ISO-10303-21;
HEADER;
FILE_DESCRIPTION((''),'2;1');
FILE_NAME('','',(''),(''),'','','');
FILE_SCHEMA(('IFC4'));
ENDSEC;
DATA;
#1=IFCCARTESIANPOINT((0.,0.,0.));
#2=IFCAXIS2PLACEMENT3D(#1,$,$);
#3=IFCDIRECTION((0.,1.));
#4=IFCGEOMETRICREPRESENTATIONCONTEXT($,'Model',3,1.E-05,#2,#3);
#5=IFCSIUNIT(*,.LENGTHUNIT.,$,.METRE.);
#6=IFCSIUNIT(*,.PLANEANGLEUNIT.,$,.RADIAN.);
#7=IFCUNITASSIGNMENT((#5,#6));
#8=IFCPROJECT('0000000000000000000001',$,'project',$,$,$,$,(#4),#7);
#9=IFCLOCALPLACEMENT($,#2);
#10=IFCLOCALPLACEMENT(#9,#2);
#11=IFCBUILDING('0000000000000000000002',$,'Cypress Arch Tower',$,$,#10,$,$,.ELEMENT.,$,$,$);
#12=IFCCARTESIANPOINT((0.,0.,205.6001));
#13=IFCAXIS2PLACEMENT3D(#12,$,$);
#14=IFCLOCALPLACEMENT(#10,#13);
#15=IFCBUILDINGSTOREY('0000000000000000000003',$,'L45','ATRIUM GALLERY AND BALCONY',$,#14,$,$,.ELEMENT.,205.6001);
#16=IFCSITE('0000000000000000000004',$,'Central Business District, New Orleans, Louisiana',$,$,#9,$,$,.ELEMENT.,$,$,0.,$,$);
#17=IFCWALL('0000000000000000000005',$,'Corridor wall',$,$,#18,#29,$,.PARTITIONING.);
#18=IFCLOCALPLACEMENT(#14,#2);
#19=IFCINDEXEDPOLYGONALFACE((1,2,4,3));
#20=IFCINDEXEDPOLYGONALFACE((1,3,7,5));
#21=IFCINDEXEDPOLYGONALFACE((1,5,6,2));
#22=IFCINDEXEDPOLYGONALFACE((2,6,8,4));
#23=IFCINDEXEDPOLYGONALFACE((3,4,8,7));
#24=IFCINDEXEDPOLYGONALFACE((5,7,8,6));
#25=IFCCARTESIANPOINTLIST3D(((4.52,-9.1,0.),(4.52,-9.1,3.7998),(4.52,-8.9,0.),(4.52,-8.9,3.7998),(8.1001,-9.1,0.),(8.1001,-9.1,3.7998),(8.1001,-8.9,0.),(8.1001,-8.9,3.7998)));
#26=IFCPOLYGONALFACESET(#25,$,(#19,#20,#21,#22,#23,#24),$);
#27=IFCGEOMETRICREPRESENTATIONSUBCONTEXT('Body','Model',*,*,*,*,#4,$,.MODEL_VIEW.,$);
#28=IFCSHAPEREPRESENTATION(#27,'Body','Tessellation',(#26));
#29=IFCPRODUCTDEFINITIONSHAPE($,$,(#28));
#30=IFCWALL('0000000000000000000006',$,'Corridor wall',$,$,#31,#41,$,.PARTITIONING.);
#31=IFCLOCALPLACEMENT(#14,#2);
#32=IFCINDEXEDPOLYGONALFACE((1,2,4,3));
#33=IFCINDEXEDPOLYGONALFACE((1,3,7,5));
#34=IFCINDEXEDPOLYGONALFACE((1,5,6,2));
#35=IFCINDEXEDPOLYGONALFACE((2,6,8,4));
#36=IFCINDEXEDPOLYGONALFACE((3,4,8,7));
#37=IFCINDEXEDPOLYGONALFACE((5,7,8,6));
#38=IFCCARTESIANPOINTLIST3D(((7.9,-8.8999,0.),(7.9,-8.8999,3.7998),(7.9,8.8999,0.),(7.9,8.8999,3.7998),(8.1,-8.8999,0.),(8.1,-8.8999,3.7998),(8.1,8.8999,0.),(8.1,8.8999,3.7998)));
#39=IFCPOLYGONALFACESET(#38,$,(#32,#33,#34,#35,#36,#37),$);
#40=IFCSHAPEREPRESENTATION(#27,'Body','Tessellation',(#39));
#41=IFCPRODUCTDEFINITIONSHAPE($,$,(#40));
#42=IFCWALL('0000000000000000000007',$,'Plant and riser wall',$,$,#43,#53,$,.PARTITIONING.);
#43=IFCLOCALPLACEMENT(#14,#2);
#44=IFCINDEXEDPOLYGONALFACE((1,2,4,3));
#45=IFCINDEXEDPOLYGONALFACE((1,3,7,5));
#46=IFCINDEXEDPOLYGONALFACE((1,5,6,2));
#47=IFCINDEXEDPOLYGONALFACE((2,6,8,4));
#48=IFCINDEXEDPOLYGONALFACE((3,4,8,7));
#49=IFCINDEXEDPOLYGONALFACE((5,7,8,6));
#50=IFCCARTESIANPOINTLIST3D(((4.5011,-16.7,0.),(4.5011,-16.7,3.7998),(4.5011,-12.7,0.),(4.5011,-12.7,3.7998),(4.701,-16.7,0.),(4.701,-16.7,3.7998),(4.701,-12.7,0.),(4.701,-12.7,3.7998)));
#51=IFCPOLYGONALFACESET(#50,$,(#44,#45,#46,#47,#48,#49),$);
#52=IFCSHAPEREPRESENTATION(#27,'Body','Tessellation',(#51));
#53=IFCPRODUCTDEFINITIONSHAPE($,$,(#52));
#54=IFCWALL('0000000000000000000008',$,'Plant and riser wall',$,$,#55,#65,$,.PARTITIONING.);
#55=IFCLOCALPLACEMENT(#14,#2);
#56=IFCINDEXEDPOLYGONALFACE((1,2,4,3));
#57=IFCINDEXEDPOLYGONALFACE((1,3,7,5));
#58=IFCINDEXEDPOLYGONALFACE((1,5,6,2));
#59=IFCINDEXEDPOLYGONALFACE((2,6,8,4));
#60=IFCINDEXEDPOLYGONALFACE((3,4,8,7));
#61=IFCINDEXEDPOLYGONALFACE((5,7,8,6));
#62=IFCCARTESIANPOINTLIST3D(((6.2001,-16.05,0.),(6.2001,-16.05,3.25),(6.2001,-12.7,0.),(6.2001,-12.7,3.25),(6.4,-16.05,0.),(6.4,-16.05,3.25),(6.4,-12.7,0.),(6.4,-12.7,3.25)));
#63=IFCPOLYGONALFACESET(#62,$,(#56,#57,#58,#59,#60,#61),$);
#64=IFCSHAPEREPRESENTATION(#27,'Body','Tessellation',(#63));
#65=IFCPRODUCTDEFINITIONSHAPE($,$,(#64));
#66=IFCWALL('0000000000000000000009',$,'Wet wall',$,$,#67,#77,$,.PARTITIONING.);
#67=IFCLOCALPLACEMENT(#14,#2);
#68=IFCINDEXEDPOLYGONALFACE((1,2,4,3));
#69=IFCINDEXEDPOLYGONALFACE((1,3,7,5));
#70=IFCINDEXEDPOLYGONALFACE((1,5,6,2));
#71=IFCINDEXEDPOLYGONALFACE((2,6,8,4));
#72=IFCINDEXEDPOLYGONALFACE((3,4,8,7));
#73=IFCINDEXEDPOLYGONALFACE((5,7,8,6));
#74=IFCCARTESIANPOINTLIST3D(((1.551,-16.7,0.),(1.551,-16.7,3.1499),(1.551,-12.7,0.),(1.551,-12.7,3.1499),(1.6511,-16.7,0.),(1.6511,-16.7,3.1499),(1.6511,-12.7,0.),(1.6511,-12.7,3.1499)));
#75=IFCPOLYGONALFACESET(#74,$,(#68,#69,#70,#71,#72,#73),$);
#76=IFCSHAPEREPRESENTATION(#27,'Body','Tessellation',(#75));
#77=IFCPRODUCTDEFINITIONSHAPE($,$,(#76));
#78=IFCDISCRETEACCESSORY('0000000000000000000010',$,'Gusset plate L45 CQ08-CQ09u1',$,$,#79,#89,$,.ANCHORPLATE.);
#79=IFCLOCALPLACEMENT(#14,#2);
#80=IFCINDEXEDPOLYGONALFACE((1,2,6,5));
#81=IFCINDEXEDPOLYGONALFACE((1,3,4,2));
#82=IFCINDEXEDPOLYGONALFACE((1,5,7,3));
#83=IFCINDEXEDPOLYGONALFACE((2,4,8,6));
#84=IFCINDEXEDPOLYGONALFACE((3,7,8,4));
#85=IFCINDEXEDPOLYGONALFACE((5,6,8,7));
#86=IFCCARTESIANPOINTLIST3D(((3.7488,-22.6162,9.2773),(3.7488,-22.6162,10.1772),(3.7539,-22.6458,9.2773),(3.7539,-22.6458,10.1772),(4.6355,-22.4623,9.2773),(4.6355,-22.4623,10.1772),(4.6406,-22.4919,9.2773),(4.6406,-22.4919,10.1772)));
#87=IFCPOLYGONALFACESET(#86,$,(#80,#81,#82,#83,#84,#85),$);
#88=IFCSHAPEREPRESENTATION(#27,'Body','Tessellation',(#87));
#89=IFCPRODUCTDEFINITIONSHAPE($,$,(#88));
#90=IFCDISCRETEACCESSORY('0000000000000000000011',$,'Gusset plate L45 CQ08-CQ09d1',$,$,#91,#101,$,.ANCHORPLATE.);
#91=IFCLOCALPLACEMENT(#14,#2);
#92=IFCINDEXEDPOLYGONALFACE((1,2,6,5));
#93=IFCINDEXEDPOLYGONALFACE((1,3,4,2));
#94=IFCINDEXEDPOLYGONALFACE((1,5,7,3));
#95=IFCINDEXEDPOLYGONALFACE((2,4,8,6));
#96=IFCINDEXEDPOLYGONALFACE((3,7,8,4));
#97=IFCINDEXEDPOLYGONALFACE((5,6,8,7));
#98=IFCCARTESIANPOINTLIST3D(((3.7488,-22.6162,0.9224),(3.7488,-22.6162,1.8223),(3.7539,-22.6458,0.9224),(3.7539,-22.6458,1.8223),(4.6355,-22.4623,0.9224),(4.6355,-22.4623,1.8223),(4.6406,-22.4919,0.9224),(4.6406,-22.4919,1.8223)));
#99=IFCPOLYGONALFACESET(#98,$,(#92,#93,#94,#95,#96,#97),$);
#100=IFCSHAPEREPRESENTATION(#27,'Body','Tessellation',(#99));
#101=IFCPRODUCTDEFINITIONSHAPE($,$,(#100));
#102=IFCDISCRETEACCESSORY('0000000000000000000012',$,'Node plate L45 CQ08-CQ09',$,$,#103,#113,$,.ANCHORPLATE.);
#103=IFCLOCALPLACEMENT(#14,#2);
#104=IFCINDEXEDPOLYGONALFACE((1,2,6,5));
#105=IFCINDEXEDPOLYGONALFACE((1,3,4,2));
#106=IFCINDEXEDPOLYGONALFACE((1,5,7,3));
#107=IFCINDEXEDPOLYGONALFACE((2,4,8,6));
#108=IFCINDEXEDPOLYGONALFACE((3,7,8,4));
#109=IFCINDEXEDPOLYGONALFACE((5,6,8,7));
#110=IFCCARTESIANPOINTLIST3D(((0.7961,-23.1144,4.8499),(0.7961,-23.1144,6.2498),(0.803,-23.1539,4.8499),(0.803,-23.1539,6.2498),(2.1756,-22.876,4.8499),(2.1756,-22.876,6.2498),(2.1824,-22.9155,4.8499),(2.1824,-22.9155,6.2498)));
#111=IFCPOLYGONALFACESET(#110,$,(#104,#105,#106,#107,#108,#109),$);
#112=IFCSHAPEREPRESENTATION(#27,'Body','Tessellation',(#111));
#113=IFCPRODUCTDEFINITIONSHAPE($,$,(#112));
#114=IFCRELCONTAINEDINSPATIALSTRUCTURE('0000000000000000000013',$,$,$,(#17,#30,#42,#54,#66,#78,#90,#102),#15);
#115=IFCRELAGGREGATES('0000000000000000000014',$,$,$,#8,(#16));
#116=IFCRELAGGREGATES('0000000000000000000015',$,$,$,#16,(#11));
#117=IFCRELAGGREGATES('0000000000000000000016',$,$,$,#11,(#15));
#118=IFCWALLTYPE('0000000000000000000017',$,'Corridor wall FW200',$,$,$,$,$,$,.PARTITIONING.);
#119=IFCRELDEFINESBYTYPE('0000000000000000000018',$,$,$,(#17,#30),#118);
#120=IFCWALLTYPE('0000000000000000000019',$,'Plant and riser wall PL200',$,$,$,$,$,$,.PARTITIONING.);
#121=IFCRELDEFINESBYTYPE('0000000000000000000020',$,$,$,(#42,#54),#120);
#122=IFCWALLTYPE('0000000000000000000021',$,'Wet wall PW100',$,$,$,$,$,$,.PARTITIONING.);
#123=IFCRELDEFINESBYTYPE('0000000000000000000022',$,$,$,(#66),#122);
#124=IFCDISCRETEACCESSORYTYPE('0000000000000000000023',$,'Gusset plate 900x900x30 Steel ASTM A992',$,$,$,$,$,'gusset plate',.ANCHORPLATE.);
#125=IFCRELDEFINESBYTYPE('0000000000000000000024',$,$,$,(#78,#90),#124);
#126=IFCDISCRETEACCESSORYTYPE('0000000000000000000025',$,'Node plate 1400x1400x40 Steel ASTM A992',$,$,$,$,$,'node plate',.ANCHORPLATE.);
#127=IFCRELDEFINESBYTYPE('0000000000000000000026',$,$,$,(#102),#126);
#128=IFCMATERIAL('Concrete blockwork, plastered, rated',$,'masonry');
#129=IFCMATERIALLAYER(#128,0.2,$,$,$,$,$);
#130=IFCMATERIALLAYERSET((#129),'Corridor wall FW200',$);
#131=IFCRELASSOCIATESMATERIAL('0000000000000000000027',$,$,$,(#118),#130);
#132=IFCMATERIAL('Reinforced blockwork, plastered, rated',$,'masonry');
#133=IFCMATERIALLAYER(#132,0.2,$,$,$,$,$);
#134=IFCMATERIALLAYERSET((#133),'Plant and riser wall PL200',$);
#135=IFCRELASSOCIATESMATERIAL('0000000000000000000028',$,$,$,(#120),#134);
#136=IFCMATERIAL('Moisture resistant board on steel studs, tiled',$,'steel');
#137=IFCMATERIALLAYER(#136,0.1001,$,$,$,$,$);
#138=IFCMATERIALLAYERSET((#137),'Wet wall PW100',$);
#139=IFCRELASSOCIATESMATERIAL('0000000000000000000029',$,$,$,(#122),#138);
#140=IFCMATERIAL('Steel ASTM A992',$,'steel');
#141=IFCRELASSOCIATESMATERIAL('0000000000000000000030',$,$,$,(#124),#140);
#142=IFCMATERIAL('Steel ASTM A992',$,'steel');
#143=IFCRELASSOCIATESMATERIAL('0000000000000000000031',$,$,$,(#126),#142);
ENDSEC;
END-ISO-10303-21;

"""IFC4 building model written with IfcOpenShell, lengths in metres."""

from ifc_helpers import new_model, si_unit, direction, frame, frame_2d, origin, origin_2d, place, context, subcontext, project, spatial, rectangle, extrude, material, layer, layer_set, material_profile, profile_set, type_object, element, save


model = new_model("IFC4")

# Units and contexts
model_context = context("Model", 3, precision=1e-05, world=origin(), true_north=direction((0.0, 1.0)))
body_context = subcontext(model_context, "Body", "Model", "MODEL_VIEW")
ifc_project = project(units=[si_unit("LENGTHUNIT", "METRE"), si_unit("PLANEANGLEUNIT", "RADIAN")], contexts=[model_context])

# Site, building, storey
site_placement = place(None, origin())
site = spatial("IfcSite", under=ifc_project, at=site_placement, Name="Central Business District, New Orleans, Louisiana", CompositionType="ELEMENT", RefElevation=0.0)
building_placement = place(site_placement, origin())
building = spatial("IfcBuilding", under=site, at=building_placement, Name="Cypress Arch Tower", CompositionType="ELEMENT")
storey_placement = place(building_placement, frame((0.0, 0.0, 205.6001)))
storey = spatial("IfcBuildingStorey", under=building, at=storey_placement, Name="L45", Description="ATRIUM GALLERY AND BALCONY", CompositionType="ELEMENT", Elevation=205.6001)

# Wall
ifc_material_1 = material(Name="Concrete blockwork, plastered, rated", Category="masonry")
ifc_layer_1 = layer(ifc_material_1, 0.2)
ifc_layer_set_1 = layer_set([ifc_layer_1], Name="Corridor wall FW200")
wall_type_1 = type_object("IfcWallType", Name="Corridor wall FW200", PredefinedType="PARTITIONING", material=ifc_layer_set_1)
wall_1_placement = place(storey_placement, frame((4.52, -9.0, 0.0), z_axis=(0.0, 0.0, 1.0), x_axis=(1.0, 0.0, 0.0)))
element("IfcWall", 1, at=wall_1_placement, inside=storey, type_object=wall_type_1, Name="Corridor wall", PredefinedType="PARTITIONING", context=body_context, shape_type="SweptSolid", body=[
    extrude(rectangle(XDim=3.5801, YDim=0.2, at=frame_2d((1.79, 0.0))), origin(), (0.0, 0.0, 1.0), 3.7998),
])

# Wall
wall_2_placement = place(storey_placement, frame((8.0, -8.8999, 0.0), z_axis=(0.0, 0.0, 1.0), x_axis=(0.0, 1.0, 0.0)))
element("IfcWall", 2, at=wall_2_placement, inside=storey, type_object=wall_type_1, Name="Corridor wall", PredefinedType="PARTITIONING", context=body_context, shape_type="SweptSolid", body=[
    extrude(rectangle(XDim=17.7998, YDim=0.2, at=frame_2d((8.8999, 0.0))), origin(), (0.0, 0.0, 1.0), 3.7998),
])

# Shared definitions
ifc_material_2 = material(Name="Reinforced blockwork, plastered, rated", Category="masonry")
ifc_layer_2 = layer(ifc_material_2, 0.2)
ifc_layer_set_2 = layer_set([ifc_layer_2], Name="Plant and riser wall PL200")
wall_type_2 = type_object("IfcWallType", Name="Plant and riser wall PL200", PredefinedType="PARTITIONING", material=ifc_layer_set_2)

# Walls
wall_3_placement = place(storey_placement, frame((4.6011, -16.7, 0.0), z_axis=(0.0, 0.0, 1.0), x_axis=(0.0, 1.0, 0.0)))
element("IfcWall", 3, at=wall_3_placement, inside=storey, type_object=wall_type_2, Name="Plant and riser wall", PredefinedType="PARTITIONING", context=body_context, shape_type="SweptSolid", body=[
    extrude(rectangle(XDim=4.0, YDim=0.2, at=frame_2d((2.0, 0.0))), origin(), (0.0, 0.0, 1.0), 3.7998),
])
wall_4_placement = place(storey_placement, frame((6.3, -16.05, 0.0), z_axis=(0.0, 0.0, 1.0), x_axis=(0.0, 1.0, 0.0)))
element("IfcWall", 4, at=wall_4_placement, inside=storey, type_object=wall_type_2, Name="Plant and riser wall", PredefinedType="PARTITIONING", context=body_context, shape_type="SweptSolid", body=[
    extrude(rectangle(XDim=3.3501, YDim=0.2, at=frame_2d((1.675, 0.0))), origin(), (0.0, 0.0, 1.0), 3.25),
])
ifc_material_3 = material(Name="Moisture resistant board on steel studs, tiled", Category="steel")
ifc_layer_3 = layer(ifc_material_3, 0.1001)
ifc_layer_set_3 = layer_set([ifc_layer_3], Name="Wet wall PW100")
wall_type_3 = type_object("IfcWallType", Name="Wet wall PW100", PredefinedType="PARTITIONING", material=ifc_layer_set_3)
wall_5_placement = place(storey_placement, frame((1.6011, -16.7, 0.0), z_axis=(0.0, 0.0, 1.0), x_axis=(0.0, 1.0, 0.0)))
element("IfcWall", 5, at=wall_5_placement, inside=storey, type_object=wall_type_3, Name="Wet wall", PredefinedType="PARTITIONING", context=body_context, shape_type="SweptSolid", body=[
    extrude(rectangle(XDim=4.0, YDim=0.1001, at=frame_2d((2.0, 0.0))), origin(), (0.0, 0.0, 1.0), 3.1499),
])

# Discrete accessories
ifc_material_4 = material(Name="Steel ASTM A992", Category="steel")
ifc_material_profile_1 = material_profile(ifc_material_4, rectangle(XDim=0.8999, YDim=0.8999, at=origin_2d()), Name="PL 30 900x900")
ifc_profile_set_1 = profile_set([ifc_material_profile_1], Name="Steel ASTM A992")
discrete_accessory_type_1 = type_object("IfcDiscreteAccessoryType", Name="Gusset plate 900x900x30 Steel ASTM A992", ElementType="gusset plate", PredefinedType="ANCHORPLATE", material=ifc_profile_set_1)
for number, where, z_axis, x_axis, name in (
    (6, (4.1973, -22.5688, 9.7273), (-0.170998, 0.985271, 0.0), (-0.985271, -0.170998, 0.0), "Gusset plate L45 CQ08-CQ09u1"),
    (7, (4.1973, -22.5688, 1.3723), (-0.170998, 0.985271, 0.0), (-0.985271, -0.170998, 0.0), "Gusset plate L45 CQ08-CQ09d1"),
):
    element("IfcDiscreteAccessory", number, at=place(storey_placement, frame(where, z_axis=z_axis, x_axis=x_axis)), inside=storey, type_object=discrete_accessory_type_1, Name=name, PredefinedType="ANCHORPLATE", context=body_context, shape_type="SweptSolid", body=[
        extrude(rectangle(XDim=0.8999, YDim=0.8999, at=origin_2d()), origin(), (0.0, 0.0, 1.0), 0.03),
    ])
ifc_material_5 = material(Name="Steel ASTM A992", Category="steel")
ifc_material_profile_2 = material_profile(ifc_material_5, rectangle(XDim=1.3999, YDim=1.3999, at=origin_2d()), Name="PL 40 1400x1400")
ifc_profile_set_2 = profile_set([ifc_material_profile_2], Name="Steel ASTM A992")
discrete_accessory_type_2 = type_object("IfcDiscreteAccessoryType", Name="Node plate 1400x1400x40 Steel ASTM A992", ElementType="node plate", PredefinedType="ANCHORPLATE", material=ifc_profile_set_2)
discrete_accessory_placement = place(storey_placement, frame((1.4927, -23.0347, 5.5498), z_axis=(-0.170314, 0.98539, 0.0), x_axis=(-0.98539, -0.170314, 0.0)))
element("IfcDiscreteAccessory", 8, at=discrete_accessory_placement, inside=storey, type_object=discrete_accessory_type_2, Name="Node plate L45 CQ08-CQ09", PredefinedType="ANCHORPLATE", context=body_context, shape_type="SweptSolid", body=[
    extrude(rectangle(XDim=1.3999, YDim=1.3999, at=origin_2d()), origin(), (0.0, 0.0, 1.0), 0.04),
])

save(model, "model.ifc")
